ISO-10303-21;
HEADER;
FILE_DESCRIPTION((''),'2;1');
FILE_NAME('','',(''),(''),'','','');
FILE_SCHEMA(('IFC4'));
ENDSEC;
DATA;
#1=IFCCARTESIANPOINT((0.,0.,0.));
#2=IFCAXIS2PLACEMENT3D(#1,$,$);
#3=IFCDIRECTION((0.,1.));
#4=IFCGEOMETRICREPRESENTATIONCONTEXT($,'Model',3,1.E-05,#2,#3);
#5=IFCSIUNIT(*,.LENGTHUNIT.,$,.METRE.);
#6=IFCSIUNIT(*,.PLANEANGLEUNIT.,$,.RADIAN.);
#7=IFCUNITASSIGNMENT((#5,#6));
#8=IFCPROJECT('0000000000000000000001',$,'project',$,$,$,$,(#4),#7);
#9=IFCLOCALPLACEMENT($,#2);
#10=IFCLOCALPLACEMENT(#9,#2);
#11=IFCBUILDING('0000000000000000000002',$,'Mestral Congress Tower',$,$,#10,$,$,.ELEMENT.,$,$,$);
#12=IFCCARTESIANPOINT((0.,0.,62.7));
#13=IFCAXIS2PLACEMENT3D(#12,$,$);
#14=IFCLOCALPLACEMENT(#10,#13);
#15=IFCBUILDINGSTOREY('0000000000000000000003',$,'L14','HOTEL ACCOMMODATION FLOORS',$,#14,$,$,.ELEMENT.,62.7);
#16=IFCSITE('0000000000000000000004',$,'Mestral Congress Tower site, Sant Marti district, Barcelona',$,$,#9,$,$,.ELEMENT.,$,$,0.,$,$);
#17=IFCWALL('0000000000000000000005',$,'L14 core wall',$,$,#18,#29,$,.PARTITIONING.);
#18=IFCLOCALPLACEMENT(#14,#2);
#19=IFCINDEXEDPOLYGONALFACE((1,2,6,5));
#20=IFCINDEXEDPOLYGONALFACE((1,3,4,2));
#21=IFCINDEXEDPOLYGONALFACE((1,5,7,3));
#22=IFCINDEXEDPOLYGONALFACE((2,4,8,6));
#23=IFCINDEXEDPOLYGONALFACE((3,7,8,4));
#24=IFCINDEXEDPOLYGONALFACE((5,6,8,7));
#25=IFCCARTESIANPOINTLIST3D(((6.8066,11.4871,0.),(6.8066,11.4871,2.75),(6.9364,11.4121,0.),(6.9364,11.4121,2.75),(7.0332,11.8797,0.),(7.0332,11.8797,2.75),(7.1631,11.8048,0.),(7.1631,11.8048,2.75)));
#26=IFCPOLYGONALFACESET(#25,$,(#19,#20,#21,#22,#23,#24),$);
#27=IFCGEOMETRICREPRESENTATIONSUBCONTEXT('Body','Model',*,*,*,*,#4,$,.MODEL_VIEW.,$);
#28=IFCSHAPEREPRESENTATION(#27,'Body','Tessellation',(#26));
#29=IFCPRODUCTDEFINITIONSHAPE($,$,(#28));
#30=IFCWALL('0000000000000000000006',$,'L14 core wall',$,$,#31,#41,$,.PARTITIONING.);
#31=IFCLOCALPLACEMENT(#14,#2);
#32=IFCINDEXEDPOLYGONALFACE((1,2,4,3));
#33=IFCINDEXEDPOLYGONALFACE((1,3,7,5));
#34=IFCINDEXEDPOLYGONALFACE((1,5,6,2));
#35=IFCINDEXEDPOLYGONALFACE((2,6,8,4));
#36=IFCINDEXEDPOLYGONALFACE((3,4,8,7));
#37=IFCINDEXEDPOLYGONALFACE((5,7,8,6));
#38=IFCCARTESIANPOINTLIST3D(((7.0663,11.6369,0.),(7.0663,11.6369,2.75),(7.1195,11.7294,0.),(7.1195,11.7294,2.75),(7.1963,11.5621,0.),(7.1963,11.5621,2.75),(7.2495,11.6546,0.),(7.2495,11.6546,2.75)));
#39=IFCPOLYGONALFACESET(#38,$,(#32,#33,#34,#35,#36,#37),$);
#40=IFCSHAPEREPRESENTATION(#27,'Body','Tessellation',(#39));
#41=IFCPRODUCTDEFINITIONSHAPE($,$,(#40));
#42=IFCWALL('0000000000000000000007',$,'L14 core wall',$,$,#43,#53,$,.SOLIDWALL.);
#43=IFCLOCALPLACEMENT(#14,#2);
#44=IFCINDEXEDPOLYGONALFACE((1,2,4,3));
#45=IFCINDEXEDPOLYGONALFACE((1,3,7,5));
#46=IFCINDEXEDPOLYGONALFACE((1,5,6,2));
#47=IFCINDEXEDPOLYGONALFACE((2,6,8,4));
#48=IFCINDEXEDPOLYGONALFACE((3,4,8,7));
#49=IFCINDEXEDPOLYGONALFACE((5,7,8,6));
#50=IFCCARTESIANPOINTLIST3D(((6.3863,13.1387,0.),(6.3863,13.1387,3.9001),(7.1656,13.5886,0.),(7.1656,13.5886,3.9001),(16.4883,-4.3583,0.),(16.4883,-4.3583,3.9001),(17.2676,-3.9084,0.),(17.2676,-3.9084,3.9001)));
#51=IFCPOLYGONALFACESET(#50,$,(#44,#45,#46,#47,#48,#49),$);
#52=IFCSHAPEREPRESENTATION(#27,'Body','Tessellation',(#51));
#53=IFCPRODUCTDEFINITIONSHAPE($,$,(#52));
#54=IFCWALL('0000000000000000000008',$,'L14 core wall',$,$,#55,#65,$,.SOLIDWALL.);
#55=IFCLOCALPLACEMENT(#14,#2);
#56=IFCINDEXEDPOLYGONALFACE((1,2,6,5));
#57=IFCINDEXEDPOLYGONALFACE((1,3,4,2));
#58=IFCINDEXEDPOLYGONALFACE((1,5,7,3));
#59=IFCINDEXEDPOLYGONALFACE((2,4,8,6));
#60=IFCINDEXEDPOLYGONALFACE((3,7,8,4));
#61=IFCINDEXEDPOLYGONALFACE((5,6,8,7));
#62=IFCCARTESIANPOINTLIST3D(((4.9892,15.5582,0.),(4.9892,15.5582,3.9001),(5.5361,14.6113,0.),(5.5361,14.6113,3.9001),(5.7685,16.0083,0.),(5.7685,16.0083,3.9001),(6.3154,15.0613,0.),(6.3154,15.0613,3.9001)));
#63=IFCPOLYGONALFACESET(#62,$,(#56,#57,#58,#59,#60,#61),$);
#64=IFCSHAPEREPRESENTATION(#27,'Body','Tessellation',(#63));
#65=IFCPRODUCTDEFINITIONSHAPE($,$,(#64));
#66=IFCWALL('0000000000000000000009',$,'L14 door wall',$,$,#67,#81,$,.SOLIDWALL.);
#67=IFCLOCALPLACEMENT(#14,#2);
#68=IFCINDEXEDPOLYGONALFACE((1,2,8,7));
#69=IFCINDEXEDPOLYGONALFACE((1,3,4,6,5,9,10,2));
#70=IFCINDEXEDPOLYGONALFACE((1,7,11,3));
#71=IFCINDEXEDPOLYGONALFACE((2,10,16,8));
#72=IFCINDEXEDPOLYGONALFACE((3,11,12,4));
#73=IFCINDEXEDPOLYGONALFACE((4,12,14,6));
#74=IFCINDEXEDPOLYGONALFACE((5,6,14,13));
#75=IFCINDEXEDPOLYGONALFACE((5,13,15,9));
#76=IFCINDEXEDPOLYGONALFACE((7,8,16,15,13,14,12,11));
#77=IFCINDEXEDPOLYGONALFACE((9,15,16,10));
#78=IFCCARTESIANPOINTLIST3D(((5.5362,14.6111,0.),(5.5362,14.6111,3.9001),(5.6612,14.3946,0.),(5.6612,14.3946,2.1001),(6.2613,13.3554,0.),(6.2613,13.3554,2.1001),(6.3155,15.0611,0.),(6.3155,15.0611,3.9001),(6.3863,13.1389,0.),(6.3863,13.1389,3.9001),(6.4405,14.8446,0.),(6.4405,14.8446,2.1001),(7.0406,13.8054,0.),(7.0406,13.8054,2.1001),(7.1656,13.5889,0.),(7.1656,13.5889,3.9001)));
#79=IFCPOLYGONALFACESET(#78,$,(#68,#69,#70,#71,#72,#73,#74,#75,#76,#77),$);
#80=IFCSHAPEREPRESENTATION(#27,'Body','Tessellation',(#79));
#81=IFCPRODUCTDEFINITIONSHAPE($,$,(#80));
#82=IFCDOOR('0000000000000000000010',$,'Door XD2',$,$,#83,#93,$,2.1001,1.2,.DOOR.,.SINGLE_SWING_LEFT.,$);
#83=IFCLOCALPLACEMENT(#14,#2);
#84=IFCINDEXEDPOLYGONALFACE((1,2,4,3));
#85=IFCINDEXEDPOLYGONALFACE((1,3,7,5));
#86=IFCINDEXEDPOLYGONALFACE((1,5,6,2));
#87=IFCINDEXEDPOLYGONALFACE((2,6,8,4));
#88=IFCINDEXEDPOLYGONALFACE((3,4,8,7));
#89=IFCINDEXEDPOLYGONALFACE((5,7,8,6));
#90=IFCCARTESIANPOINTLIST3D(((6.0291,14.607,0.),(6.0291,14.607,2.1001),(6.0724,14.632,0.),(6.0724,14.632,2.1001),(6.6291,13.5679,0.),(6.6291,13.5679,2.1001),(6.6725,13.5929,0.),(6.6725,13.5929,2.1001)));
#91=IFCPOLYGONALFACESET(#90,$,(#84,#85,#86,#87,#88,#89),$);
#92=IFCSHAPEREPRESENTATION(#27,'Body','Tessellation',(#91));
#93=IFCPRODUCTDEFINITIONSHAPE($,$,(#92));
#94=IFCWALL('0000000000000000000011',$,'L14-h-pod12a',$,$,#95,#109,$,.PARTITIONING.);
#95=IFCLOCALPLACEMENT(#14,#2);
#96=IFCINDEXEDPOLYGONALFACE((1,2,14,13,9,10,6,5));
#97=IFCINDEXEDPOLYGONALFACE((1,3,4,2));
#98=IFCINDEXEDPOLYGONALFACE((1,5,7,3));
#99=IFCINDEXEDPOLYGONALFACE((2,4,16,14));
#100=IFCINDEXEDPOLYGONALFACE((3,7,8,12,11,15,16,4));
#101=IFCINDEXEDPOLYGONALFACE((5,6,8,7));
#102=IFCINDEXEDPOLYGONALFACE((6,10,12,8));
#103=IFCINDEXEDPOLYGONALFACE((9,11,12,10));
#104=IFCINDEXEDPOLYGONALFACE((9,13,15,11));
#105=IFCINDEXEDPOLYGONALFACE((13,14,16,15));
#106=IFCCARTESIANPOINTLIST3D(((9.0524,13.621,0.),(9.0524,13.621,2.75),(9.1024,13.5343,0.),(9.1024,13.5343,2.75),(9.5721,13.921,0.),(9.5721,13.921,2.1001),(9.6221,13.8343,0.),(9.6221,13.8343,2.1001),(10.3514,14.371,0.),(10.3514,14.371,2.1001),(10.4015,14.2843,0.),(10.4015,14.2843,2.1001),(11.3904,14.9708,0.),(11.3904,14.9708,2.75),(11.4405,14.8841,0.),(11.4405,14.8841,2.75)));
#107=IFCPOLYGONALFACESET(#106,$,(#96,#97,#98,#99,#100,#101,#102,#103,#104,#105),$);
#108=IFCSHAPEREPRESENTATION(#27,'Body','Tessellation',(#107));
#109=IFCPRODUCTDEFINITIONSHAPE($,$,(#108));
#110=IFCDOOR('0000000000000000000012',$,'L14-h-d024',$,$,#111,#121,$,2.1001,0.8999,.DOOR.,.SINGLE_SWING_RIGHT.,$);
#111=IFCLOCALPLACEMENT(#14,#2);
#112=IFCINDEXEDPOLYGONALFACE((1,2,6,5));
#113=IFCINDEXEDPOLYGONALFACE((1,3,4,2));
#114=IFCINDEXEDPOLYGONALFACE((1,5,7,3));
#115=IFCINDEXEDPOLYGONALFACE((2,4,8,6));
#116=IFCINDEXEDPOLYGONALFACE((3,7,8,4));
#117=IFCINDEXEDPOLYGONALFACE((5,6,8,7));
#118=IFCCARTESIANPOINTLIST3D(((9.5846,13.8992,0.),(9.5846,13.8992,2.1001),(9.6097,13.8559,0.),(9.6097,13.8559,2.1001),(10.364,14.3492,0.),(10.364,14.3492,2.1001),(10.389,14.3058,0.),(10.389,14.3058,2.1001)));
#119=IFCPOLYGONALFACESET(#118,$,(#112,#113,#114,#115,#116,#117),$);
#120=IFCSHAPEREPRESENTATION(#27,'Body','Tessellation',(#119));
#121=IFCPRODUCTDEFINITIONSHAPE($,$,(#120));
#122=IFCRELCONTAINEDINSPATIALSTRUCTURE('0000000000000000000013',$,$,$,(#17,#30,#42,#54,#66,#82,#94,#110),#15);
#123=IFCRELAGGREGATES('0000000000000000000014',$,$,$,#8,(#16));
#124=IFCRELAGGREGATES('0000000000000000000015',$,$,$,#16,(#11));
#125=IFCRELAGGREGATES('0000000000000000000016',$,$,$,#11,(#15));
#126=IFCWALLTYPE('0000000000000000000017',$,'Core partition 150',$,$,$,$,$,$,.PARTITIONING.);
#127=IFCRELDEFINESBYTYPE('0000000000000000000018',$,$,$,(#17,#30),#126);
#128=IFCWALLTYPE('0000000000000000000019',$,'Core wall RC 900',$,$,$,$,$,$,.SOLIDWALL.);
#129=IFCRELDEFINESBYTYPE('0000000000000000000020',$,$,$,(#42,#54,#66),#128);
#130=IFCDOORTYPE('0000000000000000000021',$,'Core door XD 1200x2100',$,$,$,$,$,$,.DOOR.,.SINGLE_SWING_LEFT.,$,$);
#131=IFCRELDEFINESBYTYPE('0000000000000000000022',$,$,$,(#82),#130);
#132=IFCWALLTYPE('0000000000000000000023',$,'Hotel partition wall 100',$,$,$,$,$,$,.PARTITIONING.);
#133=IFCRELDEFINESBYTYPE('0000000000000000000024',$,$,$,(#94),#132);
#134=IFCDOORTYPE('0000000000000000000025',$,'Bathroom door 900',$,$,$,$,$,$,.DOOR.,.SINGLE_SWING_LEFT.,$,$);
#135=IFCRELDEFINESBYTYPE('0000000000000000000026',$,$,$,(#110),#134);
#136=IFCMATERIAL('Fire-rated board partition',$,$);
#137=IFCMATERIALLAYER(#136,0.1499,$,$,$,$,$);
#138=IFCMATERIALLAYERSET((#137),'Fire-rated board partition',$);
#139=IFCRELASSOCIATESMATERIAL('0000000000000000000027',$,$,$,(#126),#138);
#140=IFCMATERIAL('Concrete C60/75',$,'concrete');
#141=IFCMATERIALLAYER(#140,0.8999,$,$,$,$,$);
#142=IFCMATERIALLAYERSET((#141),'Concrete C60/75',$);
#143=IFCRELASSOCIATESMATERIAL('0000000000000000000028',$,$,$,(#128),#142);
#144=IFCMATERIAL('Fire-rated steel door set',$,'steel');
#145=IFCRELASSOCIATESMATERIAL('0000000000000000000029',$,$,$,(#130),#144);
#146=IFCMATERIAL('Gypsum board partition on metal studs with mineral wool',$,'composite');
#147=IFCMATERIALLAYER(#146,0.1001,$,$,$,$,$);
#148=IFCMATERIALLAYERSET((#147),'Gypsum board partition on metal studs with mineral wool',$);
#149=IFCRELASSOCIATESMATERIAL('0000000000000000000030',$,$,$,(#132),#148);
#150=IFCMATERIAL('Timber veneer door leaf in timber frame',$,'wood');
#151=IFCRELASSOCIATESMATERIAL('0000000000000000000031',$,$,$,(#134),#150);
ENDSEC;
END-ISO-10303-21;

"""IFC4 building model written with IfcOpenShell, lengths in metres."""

from ifc_helpers import new_model, si_unit, direction, frame, frame_2d, origin, place, context, subcontext, project, spatial, rectangle, extrude, material, layer, layer_set, type_object, element, fill, save


model = new_model("IFC4")

# Units and contexts
model_context = context("Model", 3, precision=1e-05, world=origin(), true_north=direction((0.0, 1.0)))
body_context = subcontext(model_context, "Body", "Model", "MODEL_VIEW")
ifc_project = project(units=[si_unit("LENGTHUNIT", "METRE"), si_unit("PLANEANGLEUNIT", "RADIAN")], contexts=[model_context])

# Site, building, storey
site_placement = place(None, origin())
site = spatial("IfcSite", under=ifc_project, at=site_placement, Name="Mestral Congress Tower site, Sant Marti district, Barcelona", CompositionType="ELEMENT", RefElevation=0.0)
building_placement = place(site_placement, origin())
building = spatial("IfcBuilding", under=site, at=building_placement, Name="Mestral Congress Tower", CompositionType="ELEMENT")
storey_placement = place(building_placement, frame((0.0, 0.0, 62.7)))
storey = spatial("IfcBuildingStorey", under=building, at=storey_placement, Name="L14", Description="HOTEL ACCOMMODATION FLOORS", CompositionType="ELEMENT", Elevation=62.7)

# Walls
ifc_material_1 = material(Name="Fire-rated board partition")
ifc_layer_1 = layer(ifc_material_1, 0.1499)
ifc_layer_set_1 = layer_set([ifc_layer_1], Name="Fire-rated board partition")
wall_type_1 = type_object("IfcWallType", Name="Core partition 150", PredefinedType="PARTITIONING", material=ifc_layer_set_1)
wall_1_placement = place(storey_placement, frame((6.8716, 11.4497, 0.0), z_axis=(0.0, 0.0, 1.0), x_axis=(0.499847, 0.866114, 0.0)))
element("IfcWall", 1, at=wall_1_placement, inside=storey, type_object=wall_type_1, Name="L14 core wall", PredefinedType="PARTITIONING", context=body_context, shape_type="SweptSolid", body=[
    extrude(rectangle(XDim=0.4534, YDim=0.1499, at=frame_2d((0.2266, 0.0))), origin(), (0.0, 0.0, 1.0), 2.75),
])
wall_2_placement = place(storey_placement, frame((7.1313, 11.5996, 0.0), z_axis=(0.0, 0.0, 1.0), x_axis=(0.4986, 0.866832, 0.0)))
element("IfcWall", 2, at=wall_2_placement, inside=storey, type_object=wall_type_1, Name="L14 core wall", PredefinedType="PARTITIONING", context=body_context, shape_type="SweptSolid", body=[
    extrude(rectangle(XDim=0.1067, YDim=0.1499, at=frame_2d((0.0532, 0.0))), origin(), (0.0, 0.0, 1.0), 2.75),
])
ifc_material_2 = material(Name="Concrete C60/75", Category="concrete")
ifc_layer_2 = layer(ifc_material_2, 0.8999)
ifc_layer_set_2 = layer_set([ifc_layer_2], Name="Concrete C60/75")
wall_type_2 = type_object("IfcWallType", Name="Core wall RC 900", PredefinedType="SOLIDWALL", material=ifc_layer_set_2)
wall_3_placement = place(storey_placement, frame((6.7759, 13.3638, 0.0), z_axis=(0.0, 0.0, 1.0), x_axis=(0.500004, -0.866023, 0.0)))
element("IfcWall", 3, at=wall_3_placement, inside=storey, type_object=wall_type_2, Name="L14 core wall", PredefinedType="SOLIDWALL", context=body_context, shape_type="SweptSolid", body=[
    extrude(rectangle(XDim=20.2039, YDim=0.8999, at=frame_2d((10.1021, 0.0))), origin(), (0.0, 0.0, 1.0), 3.9001),
])
wall_4_placement = place(storey_placement, frame((5.9258, 14.8362, 0.0), z_axis=(0.0, 0.0, 1.0), x_axis=(-0.500077, 0.865981, 0.0)))
element("IfcWall", 4, at=wall_4_placement, inside=storey, type_object=wall_type_2, Name="L14 core wall", PredefinedType="SOLIDWALL", context=body_context, shape_type="SweptSolid", body=[
    extrude(rectangle(XDim=1.0935, YDim=0.8999, at=frame_2d((0.5469, 0.0))), origin(), (0.0, 0.0, 1.0), 3.9001),
])

# Walls, openings, doors
wall_5_placement = place(storey_placement, frame((5.9258, 14.8362, 0.0), z_axis=(0.0, 0.0, 1.0), x_axis=(0.500062, -0.865989, 0.0)))
wall_5 = element("IfcWall", 5, at=wall_5_placement, inside=storey, type_object=wall_type_2, Name="L14 door wall", PredefinedType="SOLIDWALL", context=body_context, shape_type="SweptSolid", body=[
    extrude(rectangle(XDim=1.7, YDim=0.8999, at=frame_2d((0.8501, 0.0))), origin(), (0.0, 0.0, 1.0), 3.9001),
])
opening_1_placement = place(wall_5_placement, frame((0.25, 0.0, 0.0)))
opening_1 = element("IfcOpeningElement", 6, at=opening_1_placement, cuts=wall_5, PredefinedType="OPENING", context=body_context, shape_type="SweptSolid", body=[
    extrude(rectangle(XDim=1.2, YDim=2.1001, at=frame_2d((0.6001, 1.05))), frame((0.0, 0.46, 0.0), z_axis=(0.0, -1.0, 0.0), x_axis=(1.0, 0.0, 0.0)), (0.0, 0.0, 1.0), 0.9199),
])
ifc_material_3 = material(Name="Fire-rated steel door set", Category="steel")
door_type_1 = type_object("IfcDoorType", Name="Core door XD 1200x2100", OperationType="SINGLE_SWING_LEFT", PredefinedType="DOOR", material=ifc_material_3)
door_1_placement = place(opening_1_placement, origin())
door_1 = element("IfcDoor", 7, at=door_1_placement, inside=storey, type_object=door_type_1, Name="Door XD2", OperationType="SINGLE_SWING_LEFT", OverallHeight=2.1001, OverallWidth=1.2, PredefinedType="DOOR", context=body_context, shape_type="SweptSolid", body=[
    extrude(rectangle(XDim=1.2, YDim=2.1001, at=frame_2d((0.6001, 1.05))), frame((0.0, 0.0249, 0.0), z_axis=(0.0, -1.0, 0.0), x_axis=(1.0, 0.0, 0.0)), (0.0, 0.0, 1.0), 0.05),
])
fill(opening_1, door_1)
ifc_material_4 = material(Name="Gypsum board partition on metal studs with mineral wool", Category="composite")
ifc_layer_3 = layer(ifc_material_4, 0.1001)
ifc_layer_set_3 = layer_set([ifc_layer_3], Name="Gypsum board partition on metal studs with mineral wool")
wall_type_3 = type_object("IfcWallType", Name="Hotel partition wall 100", PredefinedType="PARTITIONING", material=ifc_layer_set_3)
wall_6_placement = place(storey_placement, frame((9.0774, 13.5776, 0.0), z_axis=(0.0, 0.0, 1.0), x_axis=(0.866037, 0.499981, 0.0)))
wall_6 = element("IfcWall", 8, at=wall_6_placement, inside=storey, type_object=wall_type_3, Name="L14-h-pod12a", PredefinedType="PARTITIONING", context=body_context, shape_type="SweptSolid", body=[
    extrude(rectangle(XDim=2.6997, YDim=0.1001, at=frame_2d((1.3499, 0.0))), origin(), (0.0, 0.0, 1.0), 2.75),
])
opening_2_placement = place(wall_6_placement, frame((0.6001, 0.0, 0.0)))
opening_2 = element("IfcOpeningElement", 9, at=opening_2_placement, cuts=wall_6, PredefinedType="OPENING", context=body_context, shape_type="SweptSolid", body=[
    extrude(rectangle(XDim=0.8999, YDim=2.1001, at=frame_2d((0.45, 1.05))), frame((0.0, 0.0601, 0.0), z_axis=(0.0, -1.0, 0.0), x_axis=(1.0, 0.0, 0.0)), (0.0, 0.0, 1.0), 0.1201),
])
ifc_material_5 = material(Name="Timber veneer door leaf in timber frame", Category="wood")
door_type_2 = type_object("IfcDoorType", Name="Bathroom door 900", OperationType="SINGLE_SWING_LEFT", PredefinedType="DOOR", material=ifc_material_5)
door_2_placement = place(opening_2_placement, origin())
door_2 = element("IfcDoor", 10, at=door_2_placement, inside=storey, type_object=door_type_2, Name="L14-h-d024", OperationType="SINGLE_SWING_RIGHT", OverallHeight=2.1001, OverallWidth=0.8999, PredefinedType="DOOR", context=body_context, shape_type="SweptSolid", body=[
    extrude(rectangle(XDim=0.8999, YDim=2.1001, at=frame_2d((0.45, 1.05))), frame((0.0, 0.0249, 0.0), z_axis=(0.0, -1.0, 0.0), x_axis=(1.0, 0.0, 0.0)), (0.0, 0.0, 1.0), 0.05),
])
fill(opening_2, door_2)

save(model, "model.ifc")
